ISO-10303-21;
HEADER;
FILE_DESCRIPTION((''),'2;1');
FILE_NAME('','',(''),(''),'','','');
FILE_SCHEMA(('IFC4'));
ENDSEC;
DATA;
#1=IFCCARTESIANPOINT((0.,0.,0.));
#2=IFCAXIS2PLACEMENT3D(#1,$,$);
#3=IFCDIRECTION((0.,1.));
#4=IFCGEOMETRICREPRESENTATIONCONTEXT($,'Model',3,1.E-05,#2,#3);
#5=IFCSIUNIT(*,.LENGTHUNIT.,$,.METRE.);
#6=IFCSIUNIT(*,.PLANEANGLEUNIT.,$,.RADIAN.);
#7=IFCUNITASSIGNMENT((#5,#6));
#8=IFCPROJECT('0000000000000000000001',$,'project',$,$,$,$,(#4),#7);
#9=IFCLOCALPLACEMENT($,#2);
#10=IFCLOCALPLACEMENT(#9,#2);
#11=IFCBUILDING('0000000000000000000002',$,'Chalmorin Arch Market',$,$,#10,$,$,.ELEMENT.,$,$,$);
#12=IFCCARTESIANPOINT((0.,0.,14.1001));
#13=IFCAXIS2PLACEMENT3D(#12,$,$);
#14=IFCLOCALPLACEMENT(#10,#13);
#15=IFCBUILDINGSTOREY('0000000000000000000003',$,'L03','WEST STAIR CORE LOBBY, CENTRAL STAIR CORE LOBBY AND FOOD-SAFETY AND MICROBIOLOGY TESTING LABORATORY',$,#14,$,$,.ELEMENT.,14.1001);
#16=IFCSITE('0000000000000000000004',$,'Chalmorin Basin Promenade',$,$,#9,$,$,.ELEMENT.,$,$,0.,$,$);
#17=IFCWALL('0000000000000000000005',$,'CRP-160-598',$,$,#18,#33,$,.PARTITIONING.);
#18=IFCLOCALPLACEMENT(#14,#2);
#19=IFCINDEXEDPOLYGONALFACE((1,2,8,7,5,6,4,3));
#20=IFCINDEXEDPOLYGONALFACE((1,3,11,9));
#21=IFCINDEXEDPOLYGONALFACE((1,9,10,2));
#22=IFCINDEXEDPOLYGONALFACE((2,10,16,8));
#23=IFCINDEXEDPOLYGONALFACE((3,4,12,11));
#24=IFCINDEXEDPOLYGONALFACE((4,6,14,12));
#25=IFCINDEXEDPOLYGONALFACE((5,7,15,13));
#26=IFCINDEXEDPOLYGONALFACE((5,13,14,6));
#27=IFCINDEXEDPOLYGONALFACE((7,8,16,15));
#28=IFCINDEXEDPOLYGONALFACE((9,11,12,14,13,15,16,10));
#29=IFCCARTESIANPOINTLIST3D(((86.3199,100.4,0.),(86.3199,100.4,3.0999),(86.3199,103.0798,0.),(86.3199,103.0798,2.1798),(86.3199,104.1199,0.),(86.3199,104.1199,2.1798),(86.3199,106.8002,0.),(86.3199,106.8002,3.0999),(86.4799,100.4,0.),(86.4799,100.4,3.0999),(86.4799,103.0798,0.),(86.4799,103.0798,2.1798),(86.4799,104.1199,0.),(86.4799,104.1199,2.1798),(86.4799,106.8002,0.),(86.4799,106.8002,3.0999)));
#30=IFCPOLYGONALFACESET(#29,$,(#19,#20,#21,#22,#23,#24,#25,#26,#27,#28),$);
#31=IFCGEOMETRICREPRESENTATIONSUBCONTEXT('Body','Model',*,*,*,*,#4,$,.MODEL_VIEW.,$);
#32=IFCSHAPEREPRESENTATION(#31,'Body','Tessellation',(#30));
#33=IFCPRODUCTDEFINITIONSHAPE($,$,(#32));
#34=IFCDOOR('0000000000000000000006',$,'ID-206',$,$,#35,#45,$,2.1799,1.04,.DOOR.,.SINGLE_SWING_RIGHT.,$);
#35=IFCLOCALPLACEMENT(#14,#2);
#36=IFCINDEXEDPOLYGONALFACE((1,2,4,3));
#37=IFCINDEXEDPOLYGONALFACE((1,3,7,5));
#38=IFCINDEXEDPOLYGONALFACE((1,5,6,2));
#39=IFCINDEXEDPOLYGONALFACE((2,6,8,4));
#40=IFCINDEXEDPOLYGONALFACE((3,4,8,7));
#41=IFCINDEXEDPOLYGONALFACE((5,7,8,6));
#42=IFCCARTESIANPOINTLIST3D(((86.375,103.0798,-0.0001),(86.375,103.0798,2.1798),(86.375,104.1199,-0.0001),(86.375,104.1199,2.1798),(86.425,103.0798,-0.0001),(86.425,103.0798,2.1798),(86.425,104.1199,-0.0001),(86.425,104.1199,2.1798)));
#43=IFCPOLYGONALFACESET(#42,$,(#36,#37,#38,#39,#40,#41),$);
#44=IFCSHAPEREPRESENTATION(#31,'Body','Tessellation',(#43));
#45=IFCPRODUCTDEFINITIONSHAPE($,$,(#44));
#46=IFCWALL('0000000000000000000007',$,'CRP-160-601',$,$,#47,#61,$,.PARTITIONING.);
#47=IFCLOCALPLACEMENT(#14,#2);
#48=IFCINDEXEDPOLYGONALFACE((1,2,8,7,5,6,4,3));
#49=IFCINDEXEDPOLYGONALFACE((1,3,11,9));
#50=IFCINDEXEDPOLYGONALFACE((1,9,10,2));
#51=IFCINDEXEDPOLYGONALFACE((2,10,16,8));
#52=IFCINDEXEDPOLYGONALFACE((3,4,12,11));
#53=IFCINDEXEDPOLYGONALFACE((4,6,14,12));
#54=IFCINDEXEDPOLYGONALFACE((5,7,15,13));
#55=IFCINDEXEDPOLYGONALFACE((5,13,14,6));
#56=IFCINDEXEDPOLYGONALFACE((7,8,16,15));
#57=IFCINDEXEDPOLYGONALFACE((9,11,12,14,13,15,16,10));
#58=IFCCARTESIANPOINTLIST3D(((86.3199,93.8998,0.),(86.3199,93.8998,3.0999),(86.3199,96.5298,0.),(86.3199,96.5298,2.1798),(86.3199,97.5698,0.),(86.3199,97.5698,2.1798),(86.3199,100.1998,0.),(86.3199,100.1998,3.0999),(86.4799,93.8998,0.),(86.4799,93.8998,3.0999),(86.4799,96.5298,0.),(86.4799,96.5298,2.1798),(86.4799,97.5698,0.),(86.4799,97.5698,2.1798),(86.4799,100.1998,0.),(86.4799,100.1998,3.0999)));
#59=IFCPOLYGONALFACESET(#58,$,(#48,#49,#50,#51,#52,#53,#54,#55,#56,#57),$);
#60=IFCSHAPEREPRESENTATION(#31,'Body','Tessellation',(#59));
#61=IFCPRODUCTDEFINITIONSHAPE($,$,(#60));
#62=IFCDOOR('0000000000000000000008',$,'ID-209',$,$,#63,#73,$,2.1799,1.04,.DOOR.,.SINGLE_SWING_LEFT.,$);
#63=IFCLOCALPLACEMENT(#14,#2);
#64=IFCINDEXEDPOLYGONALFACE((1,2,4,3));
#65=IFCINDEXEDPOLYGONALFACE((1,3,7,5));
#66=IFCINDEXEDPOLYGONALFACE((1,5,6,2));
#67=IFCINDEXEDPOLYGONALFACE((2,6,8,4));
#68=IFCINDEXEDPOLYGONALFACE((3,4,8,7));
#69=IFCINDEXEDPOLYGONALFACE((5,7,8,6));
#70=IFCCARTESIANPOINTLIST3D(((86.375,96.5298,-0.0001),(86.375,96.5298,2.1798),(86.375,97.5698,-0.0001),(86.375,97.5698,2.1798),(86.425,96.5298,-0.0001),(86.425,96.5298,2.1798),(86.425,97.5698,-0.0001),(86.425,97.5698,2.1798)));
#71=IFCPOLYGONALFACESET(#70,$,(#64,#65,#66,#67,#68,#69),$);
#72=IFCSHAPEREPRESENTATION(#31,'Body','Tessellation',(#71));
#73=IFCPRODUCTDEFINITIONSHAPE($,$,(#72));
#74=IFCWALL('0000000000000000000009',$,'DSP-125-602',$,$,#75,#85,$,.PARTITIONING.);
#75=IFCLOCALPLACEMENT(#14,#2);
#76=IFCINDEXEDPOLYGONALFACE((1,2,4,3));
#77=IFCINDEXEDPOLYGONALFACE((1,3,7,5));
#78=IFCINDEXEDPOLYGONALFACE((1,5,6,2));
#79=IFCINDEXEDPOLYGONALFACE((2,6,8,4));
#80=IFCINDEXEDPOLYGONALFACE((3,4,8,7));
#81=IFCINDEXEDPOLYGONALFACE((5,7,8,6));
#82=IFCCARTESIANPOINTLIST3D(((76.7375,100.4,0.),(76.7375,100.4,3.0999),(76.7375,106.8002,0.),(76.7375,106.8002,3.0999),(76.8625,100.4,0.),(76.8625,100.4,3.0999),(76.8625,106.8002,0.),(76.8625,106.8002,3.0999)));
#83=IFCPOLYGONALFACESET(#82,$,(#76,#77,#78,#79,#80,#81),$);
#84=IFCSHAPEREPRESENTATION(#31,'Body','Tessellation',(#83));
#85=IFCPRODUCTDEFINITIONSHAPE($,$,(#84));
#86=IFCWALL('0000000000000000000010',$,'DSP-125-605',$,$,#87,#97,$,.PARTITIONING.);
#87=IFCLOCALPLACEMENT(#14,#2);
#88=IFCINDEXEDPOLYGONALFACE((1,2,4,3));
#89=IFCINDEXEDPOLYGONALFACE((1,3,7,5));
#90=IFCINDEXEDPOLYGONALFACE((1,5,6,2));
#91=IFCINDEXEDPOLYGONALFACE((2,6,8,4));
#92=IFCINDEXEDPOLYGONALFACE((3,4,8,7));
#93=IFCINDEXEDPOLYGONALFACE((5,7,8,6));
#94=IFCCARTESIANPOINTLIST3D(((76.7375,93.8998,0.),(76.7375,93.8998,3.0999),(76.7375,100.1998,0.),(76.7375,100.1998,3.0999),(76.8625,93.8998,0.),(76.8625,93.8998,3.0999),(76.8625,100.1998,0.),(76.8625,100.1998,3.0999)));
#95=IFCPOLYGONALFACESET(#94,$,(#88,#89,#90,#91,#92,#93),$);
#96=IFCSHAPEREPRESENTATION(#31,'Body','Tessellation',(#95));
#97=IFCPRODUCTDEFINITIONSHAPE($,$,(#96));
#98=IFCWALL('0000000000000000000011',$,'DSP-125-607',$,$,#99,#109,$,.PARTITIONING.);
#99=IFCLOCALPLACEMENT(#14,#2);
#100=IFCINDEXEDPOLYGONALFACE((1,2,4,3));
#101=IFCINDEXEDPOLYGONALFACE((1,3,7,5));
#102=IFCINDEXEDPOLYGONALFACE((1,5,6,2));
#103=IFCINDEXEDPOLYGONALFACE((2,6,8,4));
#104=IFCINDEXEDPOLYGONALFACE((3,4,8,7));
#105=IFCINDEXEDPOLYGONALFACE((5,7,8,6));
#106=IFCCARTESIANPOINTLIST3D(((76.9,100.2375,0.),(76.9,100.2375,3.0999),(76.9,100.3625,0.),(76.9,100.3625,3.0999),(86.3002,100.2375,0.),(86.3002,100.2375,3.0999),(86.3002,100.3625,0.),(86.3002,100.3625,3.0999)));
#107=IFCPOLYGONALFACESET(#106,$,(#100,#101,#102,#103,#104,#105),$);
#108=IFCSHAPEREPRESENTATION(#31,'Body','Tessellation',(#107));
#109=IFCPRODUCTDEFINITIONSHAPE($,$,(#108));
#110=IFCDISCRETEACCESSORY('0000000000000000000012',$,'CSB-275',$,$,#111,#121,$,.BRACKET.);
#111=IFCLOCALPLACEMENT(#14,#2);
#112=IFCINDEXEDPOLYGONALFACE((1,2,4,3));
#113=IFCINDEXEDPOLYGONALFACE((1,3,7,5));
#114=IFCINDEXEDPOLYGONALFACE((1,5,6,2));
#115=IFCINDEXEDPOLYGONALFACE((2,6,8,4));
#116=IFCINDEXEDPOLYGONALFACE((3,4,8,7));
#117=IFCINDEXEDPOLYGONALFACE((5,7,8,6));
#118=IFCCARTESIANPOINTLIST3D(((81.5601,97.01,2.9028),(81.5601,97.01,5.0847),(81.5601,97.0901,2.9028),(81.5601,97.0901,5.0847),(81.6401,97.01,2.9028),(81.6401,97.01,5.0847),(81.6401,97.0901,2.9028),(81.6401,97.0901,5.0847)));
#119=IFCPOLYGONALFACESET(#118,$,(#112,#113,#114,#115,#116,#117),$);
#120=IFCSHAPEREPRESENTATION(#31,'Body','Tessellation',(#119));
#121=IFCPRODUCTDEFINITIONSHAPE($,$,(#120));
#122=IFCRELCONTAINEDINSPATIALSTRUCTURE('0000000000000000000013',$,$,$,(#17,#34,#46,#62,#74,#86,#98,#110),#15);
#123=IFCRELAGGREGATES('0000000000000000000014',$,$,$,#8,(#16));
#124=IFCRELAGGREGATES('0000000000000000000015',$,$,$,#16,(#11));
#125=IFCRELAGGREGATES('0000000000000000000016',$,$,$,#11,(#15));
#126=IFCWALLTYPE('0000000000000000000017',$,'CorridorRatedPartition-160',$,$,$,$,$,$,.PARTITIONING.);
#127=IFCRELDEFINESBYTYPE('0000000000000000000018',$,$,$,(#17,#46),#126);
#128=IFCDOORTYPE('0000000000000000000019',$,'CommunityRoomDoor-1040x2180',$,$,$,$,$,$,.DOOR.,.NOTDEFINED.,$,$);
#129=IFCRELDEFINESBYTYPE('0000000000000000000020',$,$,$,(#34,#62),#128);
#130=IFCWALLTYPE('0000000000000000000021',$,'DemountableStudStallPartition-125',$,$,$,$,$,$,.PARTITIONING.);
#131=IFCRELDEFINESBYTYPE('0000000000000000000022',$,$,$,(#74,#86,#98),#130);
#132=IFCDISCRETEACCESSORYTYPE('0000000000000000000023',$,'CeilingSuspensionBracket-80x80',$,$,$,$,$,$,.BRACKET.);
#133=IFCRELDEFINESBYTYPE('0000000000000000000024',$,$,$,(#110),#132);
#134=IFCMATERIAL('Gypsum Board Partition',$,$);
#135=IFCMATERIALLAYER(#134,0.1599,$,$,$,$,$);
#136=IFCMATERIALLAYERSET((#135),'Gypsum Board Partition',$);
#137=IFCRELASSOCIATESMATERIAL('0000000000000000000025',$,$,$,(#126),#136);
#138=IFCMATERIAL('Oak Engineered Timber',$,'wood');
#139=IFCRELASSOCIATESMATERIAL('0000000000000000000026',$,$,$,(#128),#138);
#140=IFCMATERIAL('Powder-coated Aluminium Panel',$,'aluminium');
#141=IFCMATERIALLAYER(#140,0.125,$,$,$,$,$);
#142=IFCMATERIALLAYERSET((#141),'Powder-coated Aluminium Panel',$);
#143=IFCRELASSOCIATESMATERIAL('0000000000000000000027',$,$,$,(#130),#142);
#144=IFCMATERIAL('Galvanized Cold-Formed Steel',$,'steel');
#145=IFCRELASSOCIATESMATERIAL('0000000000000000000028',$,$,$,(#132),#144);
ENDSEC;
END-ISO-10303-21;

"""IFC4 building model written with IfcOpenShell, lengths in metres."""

from ifc_helpers import new_model, si_unit, direction, frame, frame_2d, origin, origin_2d, place, context, subcontext, project, spatial, rectangle, extrude, material, layer, layer_set, type_object, element, fill, save


model = new_model("IFC4")

# Units and contexts
model_context = context("Model", 3, precision=1e-05, world=origin(), true_north=direction((0.0, 1.0)))
body_context = subcontext(model_context, "Body", "Model", "MODEL_VIEW")
ifc_project = project(units=[si_unit("LENGTHUNIT", "METRE"), si_unit("PLANEANGLEUNIT", "RADIAN")], contexts=[model_context])

# Site, building, storey
site_placement = place(None, origin())
site = spatial("IfcSite", under=ifc_project, at=site_placement, Name="Chalmorin Basin Promenade", CompositionType="ELEMENT", RefElevation=0.0)
building_placement = place(site_placement, origin())
building = spatial("IfcBuilding", under=site, at=building_placement, Name="Chalmorin Arch Market", CompositionType="ELEMENT")
storey_placement = place(building_placement, frame((0.0, 0.0, 14.1001)))
storey = spatial("IfcBuildingStorey", under=building, at=storey_placement, Name="L03", Description="WEST STAIR CORE LOBBY, CENTRAL STAIR CORE LOBBY AND FOOD-SAFETY AND MICROBIOLOGY TESTING LABORATORY", CompositionType="ELEMENT", Elevation=14.1001)

# Walls, openings, doors
ifc_material_1 = material(Name="Gypsum Board Partition")
ifc_layer_1 = layer(ifc_material_1, 0.1599)
ifc_layer_set_1 = layer_set([ifc_layer_1], Name="Gypsum Board Partition")
wall_type_1 = type_object("IfcWallType", Name="CorridorRatedPartition-160", PredefinedType="PARTITIONING", material=ifc_layer_set_1)
wall_1_placement = place(storey_placement, frame((86.3999, 100.3999, 0.0), z_axis=(0.0, 0.0, 1.0), x_axis=(0.0, 1.0, 0.0)))
wall_1 = element("IfcWall", 1, at=wall_1_placement, inside=storey, type_object=wall_type_1, Name="CRP-160-598", PredefinedType="PARTITIONING", context=body_context, shape_type="SweptSolid", body=[
    extrude(rectangle(XDim=6.4001, YDim=0.1599, at=frame_2d((3.2002, 0.0))), origin(), (0.0, 0.0, 1.0), 3.0999),
])
opening_1_placement = place(wall_1_placement, frame((2.6799, 0.0, 0.0)))
opening_1 = element("IfcOpeningElement", 2, at=opening_1_placement, cuts=wall_1, PredefinedType="OPENING", context=body_context, shape_type="SweptSolid", body=[
    extrude(rectangle(XDim=1.04, YDim=2.1799, at=frame_2d((0.52, 1.0898))), frame((0.0, 0.0898, 0.0), z_axis=(0.0, -1.0, 0.0), x_axis=(1.0, 0.0, 0.0)), (0.0, 0.0, 1.0), 0.1799),
])
ifc_material_2 = material(Name="Oak Engineered Timber", Category="wood")
door_type = type_object("IfcDoorType", Name="CommunityRoomDoor-1040x2180", OperationType="NOTDEFINED", PredefinedType="DOOR", material=ifc_material_2)
door_1_placement = place(opening_1_placement, origin())
door_1 = element("IfcDoor", 3, at=door_1_placement, inside=storey, type_object=door_type, Name="ID-206", OperationType="SINGLE_SWING_RIGHT", OverallHeight=2.1799, OverallWidth=1.04, PredefinedType="DOOR", context=body_context, shape_type="SweptSolid", body=[
    extrude(rectangle(XDim=1.04, YDim=2.1799, at=frame_2d((0.52, 1.0898))), frame((0.0, 0.0249, 0.0), z_axis=(0.0, -1.0, 0.0), x_axis=(1.0, 0.0, 0.0)), (0.0, 0.0, 1.0), 0.05),
])
fill(opening_1, door_1)
wall_2_placement = place(storey_placement, frame((86.3999, 93.8999, 0.0), z_axis=(0.0, 0.0, 1.0), x_axis=(0.0, 1.0, 0.0)))
wall_2 = element("IfcWall", 4, at=wall_2_placement, inside=storey, type_object=wall_type_1, Name="CRP-160-601", PredefinedType="PARTITIONING", context=body_context, shape_type="SweptSolid", body=[
    extrude(rectangle(XDim=6.3, YDim=0.1599, at=frame_2d((3.1499, 0.0))), origin(), (0.0, 0.0, 1.0), 3.0999),
])
opening_2_placement = place(wall_2_placement, frame((2.6299, 0.0, 0.0)))
opening_2 = element("IfcOpeningElement", 5, at=opening_2_placement, cuts=wall_2, PredefinedType="OPENING", context=body_context, shape_type="SweptSolid", body=[
    extrude(rectangle(XDim=1.04, YDim=2.1799, at=frame_2d((0.52, 1.0898))), frame((0.0, 0.0898, 0.0), z_axis=(0.0, -1.0, 0.0), x_axis=(1.0, 0.0, 0.0)), (0.0, 0.0, 1.0), 0.1799),
])
door_2_placement = place(opening_2_placement, origin())
door_2 = element("IfcDoor", 6, at=door_2_placement, inside=storey, type_object=door_type, Name="ID-209", OperationType="SINGLE_SWING_LEFT", OverallHeight=2.1799, OverallWidth=1.04, PredefinedType="DOOR", context=body_context, shape_type="SweptSolid", body=[
    extrude(rectangle(XDim=1.04, YDim=2.1799, at=frame_2d((0.52, 1.0898))), frame((0.0, 0.0249, 0.0), z_axis=(0.0, -1.0, 0.0), x_axis=(1.0, 0.0, 0.0)), (0.0, 0.0, 1.0), 0.05),
])
fill(opening_2, door_2)

# Walls
ifc_material_3 = material(Name="Powder-coated Aluminium Panel", Category="aluminium")
ifc_layer_2 = layer(ifc_material_3, 0.125)
ifc_layer_set_2 = layer_set([ifc_layer_2], Name="Powder-coated Aluminium Panel")
wall_type_2 = type_object("IfcWallType", Name="DemountableStudStallPartition-125", PredefinedType="PARTITIONING", material=ifc_layer_set_2)
wall_3_placement = place(storey_placement, frame((76.8, 100.3999, 0.0), z_axis=(0.0, 0.0, 1.0), x_axis=(0.0, 1.0, 0.0)))
element("IfcWall", 7, at=wall_3_placement, inside=storey, type_object=wall_type_2, Name="DSP-125-602", PredefinedType="PARTITIONING", context=body_context, shape_type="SweptSolid", body=[
    extrude(rectangle(XDim=6.4001, YDim=0.125, at=frame_2d((3.2002, 0.0))), origin(), (0.0, 0.0, 1.0), 3.0999),
])
wall_4_placement = place(storey_placement, frame((76.8, 93.8999, 0.0), z_axis=(0.0, 0.0, 1.0), x_axis=(0.0, 1.0, 0.0)))
element("IfcWall", 8, at=wall_4_placement, inside=storey, type_object=wall_type_2, Name="DSP-125-605", PredefinedType="PARTITIONING", context=body_context, shape_type="SweptSolid", body=[
    extrude(rectangle(XDim=6.3, YDim=0.125, at=frame_2d((3.1499, 0.0))), origin(), (0.0, 0.0, 1.0), 3.0999),
])
wall_5_placement = place(storey_placement, frame((76.8999, 100.3, 0.0), z_axis=(0.0, 0.0, 1.0), x_axis=(1.0, 0.0, 0.0)))
element("IfcWall", 9, at=wall_5_placement, inside=storey, type_object=wall_type_2, Name="DSP-125-607", PredefinedType="PARTITIONING", context=body_context, shape_type="SweptSolid", body=[
    extrude(rectangle(XDim=9.4001, YDim=0.125, at=frame_2d((4.7002, 0.0))), origin(), (0.0, 0.0, 1.0), 3.0999),
])

# Discrete accessory
ifc_material_4 = material(Name="Galvanized Cold-Formed Steel", Category="steel")
discrete_accessory_type = type_object("IfcDiscreteAccessoryType", Name="CeilingSuspensionBracket-80x80", PredefinedType="BRACKET", material=ifc_material_4)
discrete_accessory_placement = place(storey_placement, frame((81.6001, 97.05, 2.9028), z_axis=(0.0, 0.0, 1.0), x_axis=(1.0, 0.0, 0.0)))
element("IfcDiscreteAccessory", 10, at=discrete_accessory_placement, inside=storey, type_object=discrete_accessory_type, Name="CSB-275", PredefinedType="BRACKET", context=body_context, shape_type="SweptSolid", body=[
    extrude(rectangle(XDim=0.0801, YDim=0.0801, at=origin_2d()), origin(), (0.0, 0.0, 1.0), 2.1819),
])

save(model, "model.ifc")
